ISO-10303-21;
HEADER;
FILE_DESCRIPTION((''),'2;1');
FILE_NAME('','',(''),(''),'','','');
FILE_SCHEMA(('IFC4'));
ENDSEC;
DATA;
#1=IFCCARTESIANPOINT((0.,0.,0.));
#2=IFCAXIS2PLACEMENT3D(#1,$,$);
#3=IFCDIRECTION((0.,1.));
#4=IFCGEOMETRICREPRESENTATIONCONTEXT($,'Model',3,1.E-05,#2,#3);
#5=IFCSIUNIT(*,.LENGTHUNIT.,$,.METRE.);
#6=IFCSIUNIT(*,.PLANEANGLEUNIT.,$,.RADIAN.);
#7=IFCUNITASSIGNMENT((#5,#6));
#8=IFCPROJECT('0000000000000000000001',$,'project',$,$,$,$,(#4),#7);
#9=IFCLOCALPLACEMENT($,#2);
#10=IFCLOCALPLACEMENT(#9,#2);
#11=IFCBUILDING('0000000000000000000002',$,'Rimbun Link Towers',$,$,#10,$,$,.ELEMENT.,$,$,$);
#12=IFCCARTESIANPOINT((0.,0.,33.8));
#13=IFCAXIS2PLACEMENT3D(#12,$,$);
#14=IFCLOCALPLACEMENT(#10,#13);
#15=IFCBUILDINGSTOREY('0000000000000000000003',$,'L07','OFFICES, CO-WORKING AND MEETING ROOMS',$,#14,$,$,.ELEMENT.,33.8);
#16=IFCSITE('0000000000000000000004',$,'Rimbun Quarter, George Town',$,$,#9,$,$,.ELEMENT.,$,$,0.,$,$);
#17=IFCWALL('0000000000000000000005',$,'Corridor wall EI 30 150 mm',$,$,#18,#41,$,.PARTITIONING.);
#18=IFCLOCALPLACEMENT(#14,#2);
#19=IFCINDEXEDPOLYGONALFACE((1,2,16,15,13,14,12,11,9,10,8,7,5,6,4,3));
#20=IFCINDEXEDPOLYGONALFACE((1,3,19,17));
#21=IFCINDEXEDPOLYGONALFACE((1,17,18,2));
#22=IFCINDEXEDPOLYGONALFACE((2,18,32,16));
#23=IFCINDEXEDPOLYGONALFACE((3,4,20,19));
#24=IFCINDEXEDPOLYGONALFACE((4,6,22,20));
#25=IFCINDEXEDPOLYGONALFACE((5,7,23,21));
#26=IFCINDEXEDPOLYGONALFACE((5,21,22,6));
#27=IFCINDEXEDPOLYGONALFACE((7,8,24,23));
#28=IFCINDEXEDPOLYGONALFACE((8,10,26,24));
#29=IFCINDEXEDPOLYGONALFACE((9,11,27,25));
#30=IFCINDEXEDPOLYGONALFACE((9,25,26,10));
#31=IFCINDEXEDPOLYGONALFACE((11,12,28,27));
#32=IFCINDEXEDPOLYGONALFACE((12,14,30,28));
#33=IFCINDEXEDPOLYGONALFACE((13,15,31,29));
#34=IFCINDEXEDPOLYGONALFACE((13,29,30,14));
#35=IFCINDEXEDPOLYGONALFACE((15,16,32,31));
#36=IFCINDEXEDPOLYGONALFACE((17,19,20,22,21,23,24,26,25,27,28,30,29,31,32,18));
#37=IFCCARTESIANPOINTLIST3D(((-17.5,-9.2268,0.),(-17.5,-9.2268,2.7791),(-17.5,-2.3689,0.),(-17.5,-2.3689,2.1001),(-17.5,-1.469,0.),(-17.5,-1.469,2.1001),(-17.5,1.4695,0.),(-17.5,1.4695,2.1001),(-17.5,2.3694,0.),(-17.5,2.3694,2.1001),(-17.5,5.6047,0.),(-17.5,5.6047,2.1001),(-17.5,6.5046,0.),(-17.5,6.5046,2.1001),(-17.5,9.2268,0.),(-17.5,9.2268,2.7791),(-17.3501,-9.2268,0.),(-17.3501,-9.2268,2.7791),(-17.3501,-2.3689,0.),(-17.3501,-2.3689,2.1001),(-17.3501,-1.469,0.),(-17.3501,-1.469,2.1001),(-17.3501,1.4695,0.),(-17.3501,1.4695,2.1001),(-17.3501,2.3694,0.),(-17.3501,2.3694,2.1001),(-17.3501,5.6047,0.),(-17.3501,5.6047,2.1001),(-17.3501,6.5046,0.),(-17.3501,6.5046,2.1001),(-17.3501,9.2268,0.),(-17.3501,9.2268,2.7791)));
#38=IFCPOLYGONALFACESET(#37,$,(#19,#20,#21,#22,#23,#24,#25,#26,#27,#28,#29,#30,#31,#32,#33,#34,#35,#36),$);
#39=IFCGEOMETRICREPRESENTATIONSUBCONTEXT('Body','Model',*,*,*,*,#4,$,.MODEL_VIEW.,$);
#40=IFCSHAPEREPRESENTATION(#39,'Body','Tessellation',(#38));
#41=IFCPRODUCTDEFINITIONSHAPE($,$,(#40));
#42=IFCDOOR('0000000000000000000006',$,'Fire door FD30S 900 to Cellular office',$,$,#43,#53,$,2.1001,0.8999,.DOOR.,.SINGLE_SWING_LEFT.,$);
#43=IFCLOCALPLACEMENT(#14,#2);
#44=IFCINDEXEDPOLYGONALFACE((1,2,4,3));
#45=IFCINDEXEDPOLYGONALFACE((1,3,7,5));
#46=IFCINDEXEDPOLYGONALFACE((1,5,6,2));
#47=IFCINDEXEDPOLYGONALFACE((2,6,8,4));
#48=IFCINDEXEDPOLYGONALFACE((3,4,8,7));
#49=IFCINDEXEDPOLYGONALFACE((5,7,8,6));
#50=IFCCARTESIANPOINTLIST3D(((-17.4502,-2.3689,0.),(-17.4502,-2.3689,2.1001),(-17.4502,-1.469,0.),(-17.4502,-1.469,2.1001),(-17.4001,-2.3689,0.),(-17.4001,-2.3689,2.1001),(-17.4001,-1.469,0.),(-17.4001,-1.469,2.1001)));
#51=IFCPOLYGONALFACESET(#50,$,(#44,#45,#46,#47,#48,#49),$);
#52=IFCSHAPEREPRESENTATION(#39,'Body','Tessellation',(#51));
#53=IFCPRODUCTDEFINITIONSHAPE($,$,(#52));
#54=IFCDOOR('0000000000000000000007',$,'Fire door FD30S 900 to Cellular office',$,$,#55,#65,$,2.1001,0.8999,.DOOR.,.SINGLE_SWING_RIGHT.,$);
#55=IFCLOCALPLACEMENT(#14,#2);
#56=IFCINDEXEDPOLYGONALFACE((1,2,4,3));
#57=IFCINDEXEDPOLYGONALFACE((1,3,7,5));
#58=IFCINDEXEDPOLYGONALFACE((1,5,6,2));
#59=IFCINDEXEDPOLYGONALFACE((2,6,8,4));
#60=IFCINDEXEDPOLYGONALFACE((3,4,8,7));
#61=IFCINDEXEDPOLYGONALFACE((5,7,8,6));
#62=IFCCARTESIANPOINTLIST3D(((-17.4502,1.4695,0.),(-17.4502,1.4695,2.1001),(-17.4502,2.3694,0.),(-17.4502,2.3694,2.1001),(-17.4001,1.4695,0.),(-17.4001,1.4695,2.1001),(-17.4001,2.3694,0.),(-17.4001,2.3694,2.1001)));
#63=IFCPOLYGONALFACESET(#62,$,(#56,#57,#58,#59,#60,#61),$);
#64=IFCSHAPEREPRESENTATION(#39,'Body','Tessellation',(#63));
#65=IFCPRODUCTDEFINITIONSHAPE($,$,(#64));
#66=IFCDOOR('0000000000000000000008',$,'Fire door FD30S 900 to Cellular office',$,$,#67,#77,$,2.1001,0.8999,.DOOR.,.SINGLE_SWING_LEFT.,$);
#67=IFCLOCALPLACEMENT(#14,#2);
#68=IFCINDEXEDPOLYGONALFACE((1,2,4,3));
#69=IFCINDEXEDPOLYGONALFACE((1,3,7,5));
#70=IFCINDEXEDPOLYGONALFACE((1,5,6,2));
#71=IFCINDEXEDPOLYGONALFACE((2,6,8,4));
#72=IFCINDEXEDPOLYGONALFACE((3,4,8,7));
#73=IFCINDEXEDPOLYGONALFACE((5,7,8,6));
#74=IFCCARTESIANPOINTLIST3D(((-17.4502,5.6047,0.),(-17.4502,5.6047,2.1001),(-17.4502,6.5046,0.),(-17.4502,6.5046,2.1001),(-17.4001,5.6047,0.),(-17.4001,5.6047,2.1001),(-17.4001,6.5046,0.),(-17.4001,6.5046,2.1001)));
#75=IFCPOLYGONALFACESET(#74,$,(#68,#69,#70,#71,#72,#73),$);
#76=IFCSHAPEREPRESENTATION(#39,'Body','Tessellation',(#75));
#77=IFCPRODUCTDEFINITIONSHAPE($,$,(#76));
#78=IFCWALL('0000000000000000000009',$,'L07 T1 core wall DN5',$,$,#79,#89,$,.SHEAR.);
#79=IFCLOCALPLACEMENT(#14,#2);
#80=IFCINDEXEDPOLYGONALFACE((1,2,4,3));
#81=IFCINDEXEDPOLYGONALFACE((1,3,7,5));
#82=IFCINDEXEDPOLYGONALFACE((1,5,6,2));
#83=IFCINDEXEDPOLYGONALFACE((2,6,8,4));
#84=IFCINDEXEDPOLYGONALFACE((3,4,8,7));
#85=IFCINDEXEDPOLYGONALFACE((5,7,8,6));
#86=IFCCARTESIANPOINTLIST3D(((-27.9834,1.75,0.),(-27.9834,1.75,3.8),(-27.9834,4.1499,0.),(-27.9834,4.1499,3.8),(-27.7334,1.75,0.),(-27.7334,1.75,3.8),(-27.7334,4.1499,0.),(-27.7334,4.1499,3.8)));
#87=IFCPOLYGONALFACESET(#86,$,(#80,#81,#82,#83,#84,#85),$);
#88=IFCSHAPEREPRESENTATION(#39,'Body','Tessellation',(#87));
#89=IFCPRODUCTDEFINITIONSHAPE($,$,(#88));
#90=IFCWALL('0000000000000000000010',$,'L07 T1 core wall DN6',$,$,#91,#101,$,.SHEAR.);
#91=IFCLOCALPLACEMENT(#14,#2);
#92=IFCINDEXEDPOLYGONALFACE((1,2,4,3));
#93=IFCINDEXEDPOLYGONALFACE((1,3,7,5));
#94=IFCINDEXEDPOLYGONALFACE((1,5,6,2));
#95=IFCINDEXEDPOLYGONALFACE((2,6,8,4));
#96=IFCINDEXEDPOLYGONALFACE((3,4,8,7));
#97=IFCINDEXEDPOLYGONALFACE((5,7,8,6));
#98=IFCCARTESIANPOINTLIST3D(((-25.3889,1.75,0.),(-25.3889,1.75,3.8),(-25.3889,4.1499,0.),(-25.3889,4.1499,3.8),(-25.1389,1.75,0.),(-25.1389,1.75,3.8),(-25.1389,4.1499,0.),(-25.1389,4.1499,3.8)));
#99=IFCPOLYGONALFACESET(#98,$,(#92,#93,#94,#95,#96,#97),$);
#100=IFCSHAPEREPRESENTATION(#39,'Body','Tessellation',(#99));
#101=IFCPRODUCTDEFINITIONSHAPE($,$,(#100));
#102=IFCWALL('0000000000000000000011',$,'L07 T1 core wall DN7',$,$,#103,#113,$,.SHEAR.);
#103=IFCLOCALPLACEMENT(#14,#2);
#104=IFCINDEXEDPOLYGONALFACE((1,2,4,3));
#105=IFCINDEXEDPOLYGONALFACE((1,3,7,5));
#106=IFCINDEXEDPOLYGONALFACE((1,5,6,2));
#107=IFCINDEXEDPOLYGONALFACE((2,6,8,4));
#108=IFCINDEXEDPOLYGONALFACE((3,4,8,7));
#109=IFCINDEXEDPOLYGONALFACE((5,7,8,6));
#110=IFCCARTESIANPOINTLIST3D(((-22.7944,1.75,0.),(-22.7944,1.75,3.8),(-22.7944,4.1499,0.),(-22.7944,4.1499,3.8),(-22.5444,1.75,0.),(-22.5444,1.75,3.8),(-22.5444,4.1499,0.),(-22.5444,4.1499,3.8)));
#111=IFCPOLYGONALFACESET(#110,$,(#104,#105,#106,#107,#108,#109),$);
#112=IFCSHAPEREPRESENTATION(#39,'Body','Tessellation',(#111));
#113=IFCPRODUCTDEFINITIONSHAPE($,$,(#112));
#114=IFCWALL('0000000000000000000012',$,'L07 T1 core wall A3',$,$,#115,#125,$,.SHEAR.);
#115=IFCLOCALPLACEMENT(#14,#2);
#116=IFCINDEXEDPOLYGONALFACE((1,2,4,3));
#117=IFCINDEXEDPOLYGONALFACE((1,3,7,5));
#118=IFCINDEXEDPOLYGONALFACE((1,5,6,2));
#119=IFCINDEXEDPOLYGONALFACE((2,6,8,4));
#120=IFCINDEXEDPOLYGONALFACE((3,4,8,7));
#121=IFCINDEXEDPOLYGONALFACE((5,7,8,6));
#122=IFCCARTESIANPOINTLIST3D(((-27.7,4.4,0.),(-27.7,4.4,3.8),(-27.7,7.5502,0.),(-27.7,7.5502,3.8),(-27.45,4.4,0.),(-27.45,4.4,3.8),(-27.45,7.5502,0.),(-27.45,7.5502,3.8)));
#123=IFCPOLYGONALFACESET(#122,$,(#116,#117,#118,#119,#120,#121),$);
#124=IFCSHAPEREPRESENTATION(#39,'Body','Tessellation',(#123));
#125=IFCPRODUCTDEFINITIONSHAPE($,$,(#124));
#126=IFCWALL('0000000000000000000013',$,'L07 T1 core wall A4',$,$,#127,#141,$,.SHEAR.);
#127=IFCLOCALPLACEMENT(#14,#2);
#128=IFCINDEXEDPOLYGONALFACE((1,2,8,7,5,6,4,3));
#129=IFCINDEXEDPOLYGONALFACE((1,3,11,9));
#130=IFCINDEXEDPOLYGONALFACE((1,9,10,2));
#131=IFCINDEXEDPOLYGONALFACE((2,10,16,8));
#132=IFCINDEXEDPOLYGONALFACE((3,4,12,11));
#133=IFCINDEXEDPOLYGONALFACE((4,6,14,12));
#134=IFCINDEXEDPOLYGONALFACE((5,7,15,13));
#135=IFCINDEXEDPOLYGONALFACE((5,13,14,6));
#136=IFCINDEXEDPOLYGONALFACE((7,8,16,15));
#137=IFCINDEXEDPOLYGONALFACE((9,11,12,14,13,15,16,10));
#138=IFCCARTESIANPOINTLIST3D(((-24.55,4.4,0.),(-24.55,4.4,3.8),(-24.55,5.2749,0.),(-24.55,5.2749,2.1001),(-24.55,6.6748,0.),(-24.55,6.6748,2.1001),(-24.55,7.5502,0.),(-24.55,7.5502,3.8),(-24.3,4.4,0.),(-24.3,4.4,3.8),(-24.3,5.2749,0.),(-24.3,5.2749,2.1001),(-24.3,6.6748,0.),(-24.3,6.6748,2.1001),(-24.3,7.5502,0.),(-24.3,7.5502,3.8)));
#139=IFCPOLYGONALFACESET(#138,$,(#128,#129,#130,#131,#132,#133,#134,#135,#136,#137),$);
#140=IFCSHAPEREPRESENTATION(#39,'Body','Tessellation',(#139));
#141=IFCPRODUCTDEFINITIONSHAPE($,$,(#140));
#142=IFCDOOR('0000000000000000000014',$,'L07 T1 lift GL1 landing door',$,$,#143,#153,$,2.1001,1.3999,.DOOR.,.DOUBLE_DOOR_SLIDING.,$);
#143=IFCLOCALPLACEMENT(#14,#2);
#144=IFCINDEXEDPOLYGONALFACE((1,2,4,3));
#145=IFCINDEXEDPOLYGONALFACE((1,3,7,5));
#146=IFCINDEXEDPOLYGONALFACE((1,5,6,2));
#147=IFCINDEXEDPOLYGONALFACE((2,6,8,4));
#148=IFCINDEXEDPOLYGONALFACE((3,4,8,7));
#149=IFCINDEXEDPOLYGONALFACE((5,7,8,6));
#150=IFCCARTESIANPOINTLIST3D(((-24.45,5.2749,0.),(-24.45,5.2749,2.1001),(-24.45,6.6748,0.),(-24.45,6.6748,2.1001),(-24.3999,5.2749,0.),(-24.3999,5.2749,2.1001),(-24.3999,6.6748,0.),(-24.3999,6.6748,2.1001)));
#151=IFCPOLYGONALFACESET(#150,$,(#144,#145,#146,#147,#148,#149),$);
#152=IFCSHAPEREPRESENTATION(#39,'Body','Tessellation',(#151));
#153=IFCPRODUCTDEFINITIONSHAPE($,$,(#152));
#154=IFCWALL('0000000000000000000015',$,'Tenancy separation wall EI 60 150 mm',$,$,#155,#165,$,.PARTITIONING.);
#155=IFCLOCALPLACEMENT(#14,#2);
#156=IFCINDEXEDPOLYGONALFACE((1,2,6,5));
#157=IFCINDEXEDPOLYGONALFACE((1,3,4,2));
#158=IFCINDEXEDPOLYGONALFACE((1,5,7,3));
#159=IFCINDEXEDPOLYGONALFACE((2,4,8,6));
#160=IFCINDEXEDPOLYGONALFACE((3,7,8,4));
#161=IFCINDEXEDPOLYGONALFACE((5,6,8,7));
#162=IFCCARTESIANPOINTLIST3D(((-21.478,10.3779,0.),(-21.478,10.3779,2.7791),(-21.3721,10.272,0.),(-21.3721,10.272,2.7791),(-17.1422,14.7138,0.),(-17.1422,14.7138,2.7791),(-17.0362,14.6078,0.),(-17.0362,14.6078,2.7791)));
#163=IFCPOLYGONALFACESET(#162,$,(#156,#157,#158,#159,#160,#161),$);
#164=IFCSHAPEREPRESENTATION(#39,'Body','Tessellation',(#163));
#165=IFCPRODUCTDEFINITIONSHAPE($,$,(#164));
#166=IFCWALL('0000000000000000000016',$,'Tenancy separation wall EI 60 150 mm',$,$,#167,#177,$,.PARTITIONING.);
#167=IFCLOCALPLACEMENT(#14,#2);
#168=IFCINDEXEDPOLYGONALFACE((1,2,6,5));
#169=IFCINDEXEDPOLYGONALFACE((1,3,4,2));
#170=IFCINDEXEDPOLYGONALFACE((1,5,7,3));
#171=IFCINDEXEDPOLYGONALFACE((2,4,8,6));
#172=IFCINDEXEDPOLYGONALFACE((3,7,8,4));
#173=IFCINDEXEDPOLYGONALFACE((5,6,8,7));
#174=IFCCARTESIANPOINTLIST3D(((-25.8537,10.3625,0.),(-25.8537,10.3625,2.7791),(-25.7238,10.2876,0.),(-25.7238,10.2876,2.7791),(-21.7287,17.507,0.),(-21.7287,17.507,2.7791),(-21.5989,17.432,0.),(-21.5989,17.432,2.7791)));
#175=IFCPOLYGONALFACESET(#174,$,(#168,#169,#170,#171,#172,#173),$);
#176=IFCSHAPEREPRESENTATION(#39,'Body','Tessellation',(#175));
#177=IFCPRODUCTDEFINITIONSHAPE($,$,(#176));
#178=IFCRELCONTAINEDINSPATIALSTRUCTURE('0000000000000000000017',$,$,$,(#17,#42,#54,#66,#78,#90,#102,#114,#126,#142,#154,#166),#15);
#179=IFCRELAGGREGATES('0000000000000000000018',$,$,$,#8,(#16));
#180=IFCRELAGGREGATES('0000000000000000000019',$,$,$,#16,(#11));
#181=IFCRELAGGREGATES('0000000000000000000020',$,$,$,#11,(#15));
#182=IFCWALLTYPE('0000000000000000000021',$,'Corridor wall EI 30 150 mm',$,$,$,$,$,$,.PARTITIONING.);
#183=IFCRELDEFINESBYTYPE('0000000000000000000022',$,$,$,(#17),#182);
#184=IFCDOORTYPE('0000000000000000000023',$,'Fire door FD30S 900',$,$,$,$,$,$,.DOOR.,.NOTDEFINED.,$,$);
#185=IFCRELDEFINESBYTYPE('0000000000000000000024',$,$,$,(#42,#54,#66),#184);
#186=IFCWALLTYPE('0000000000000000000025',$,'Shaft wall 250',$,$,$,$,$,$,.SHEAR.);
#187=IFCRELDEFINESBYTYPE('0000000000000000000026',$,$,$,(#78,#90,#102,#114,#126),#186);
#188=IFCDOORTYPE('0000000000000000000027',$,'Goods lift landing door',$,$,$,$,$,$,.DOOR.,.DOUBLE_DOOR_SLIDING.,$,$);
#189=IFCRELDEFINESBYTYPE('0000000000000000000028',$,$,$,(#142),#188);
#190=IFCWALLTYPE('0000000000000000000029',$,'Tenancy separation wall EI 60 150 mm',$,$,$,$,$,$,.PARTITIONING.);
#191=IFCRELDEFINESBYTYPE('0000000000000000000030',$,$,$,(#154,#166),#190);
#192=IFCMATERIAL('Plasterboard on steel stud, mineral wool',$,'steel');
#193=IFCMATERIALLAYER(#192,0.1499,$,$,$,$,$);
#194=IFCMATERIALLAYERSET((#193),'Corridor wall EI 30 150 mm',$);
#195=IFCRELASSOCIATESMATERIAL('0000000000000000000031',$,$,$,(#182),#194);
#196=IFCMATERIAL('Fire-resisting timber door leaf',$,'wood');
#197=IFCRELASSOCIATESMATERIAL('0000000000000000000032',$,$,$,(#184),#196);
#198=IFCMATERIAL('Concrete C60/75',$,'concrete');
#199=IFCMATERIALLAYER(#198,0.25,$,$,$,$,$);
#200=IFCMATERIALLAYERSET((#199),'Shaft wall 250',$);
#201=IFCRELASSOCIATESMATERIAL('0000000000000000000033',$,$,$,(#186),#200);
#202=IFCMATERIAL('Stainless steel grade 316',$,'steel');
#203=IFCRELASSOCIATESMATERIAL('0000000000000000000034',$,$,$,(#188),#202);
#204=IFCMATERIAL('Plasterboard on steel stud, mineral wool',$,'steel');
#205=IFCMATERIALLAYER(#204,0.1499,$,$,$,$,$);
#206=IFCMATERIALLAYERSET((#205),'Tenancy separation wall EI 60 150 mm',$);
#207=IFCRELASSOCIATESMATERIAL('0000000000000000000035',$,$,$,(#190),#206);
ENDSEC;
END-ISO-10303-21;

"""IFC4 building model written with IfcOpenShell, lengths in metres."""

from ifc_helpers import new_model, si_unit, direction, frame, frame_2d, origin, place, context, subcontext, project, spatial, rectangle, extrude, material, layer, layer_set, type_object, element, fill, save


model = new_model("IFC4")

# Units and contexts
model_context = context("Model", 3, precision=1e-05, world=origin(), true_north=direction((0.0, 1.0)))
body_context = subcontext(model_context, "Body", "Model", "MODEL_VIEW")
ifc_project = project(units=[si_unit("LENGTHUNIT", "METRE"), si_unit("PLANEANGLEUNIT", "RADIAN")], contexts=[model_context])

# Site, building, storey
site_placement = place(None, origin())
site = spatial("IfcSite", under=ifc_project, at=site_placement, Name="Rimbun Quarter, George Town", CompositionType="ELEMENT", RefElevation=0.0)
building_placement = place(site_placement, origin())
building = spatial("IfcBuilding", under=site, at=building_placement, Name="Rimbun Link Towers", CompositionType="ELEMENT")
storey_placement = place(building_placement, frame((0.0, 0.0, 33.8)))
storey = spatial("IfcBuildingStorey", under=building, at=storey_placement, Name="L07", Description="OFFICES, CO-WORKING AND MEETING ROOMS", CompositionType="ELEMENT", Elevation=33.8)

# Shared definitions
ifc_material_1 = material(Name="Plasterboard on steel stud, mineral wool", Category="steel")
ifc_layer_1 = layer(ifc_material_1, 0.1499)
ifc_layer_set_1 = layer_set([ifc_layer_1], Name="Corridor wall EI 30 150 mm")
wall_type_1 = type_object("IfcWallType", Name="Corridor wall EI 30 150 mm", PredefinedType="PARTITIONING", material=ifc_layer_set_1)

# Wall, openings, doors
wall_1_placement = place(storey_placement, frame((-17.425, 9.2268, 0.0), z_axis=(0.0, 0.0, 1.0), x_axis=(0.0, -1.0, 0.0)))
wall_1 = element("IfcWall", 1, at=wall_1_placement, inside=storey, type_object=wall_type_1, Name="Corridor wall EI 30 150 mm", PredefinedType="PARTITIONING", context=body_context, shape_type="SweptSolid", body=[
    extrude(rectangle(XDim=18.4536, YDim=0.1499, at=frame_2d((9.2268, 0.0))), origin(), (0.0, 0.0, 1.0), 2.7791),
])
opening_1_placement = place(wall_1_placement, frame((10.6958, 0.0, 0.0)))
opening_1 = element("IfcOpeningElement", 2, at=opening_1_placement, cuts=wall_1, PredefinedType="OPENING", context=body_context, shape_type="SweptSolid", body=[
    extrude(rectangle(XDim=0.8999, YDim=2.1001, at=frame_2d((0.45, 1.05))), frame((0.0, 0.085, 0.0), z_axis=(0.0, -1.0, 0.0), x_axis=(1.0, 0.0, 0.0)), (0.0, 0.0, 1.0), 0.1699),
])
opening_2_placement = place(wall_1_placement, frame((6.8574, 0.0, 0.0)))
opening_2 = element("IfcOpeningElement", 3, at=opening_2_placement, cuts=wall_1, PredefinedType="OPENING", context=body_context, shape_type="SweptSolid", body=[
    extrude(rectangle(XDim=0.8999, YDim=2.1001, at=frame_2d((0.45, 1.05))), frame((0.0, 0.085, 0.0), z_axis=(0.0, -1.0, 0.0), x_axis=(1.0, 0.0, 0.0)), (0.0, 0.0, 1.0), 0.1699),
])
opening_3_placement = place(wall_1_placement, frame((2.7222, 0.0, 0.0)))
opening_3 = element("IfcOpeningElement", 4, at=opening_3_placement, cuts=wall_1, PredefinedType="OPENING", context=body_context, shape_type="SweptSolid", body=[
    extrude(rectangle(XDim=0.8999, YDim=2.1001, at=frame_2d((0.45, 1.05))), frame((0.0, 0.085, 0.0), z_axis=(0.0, -1.0, 0.0), x_axis=(1.0, 0.0, 0.0)), (0.0, 0.0, 1.0), 0.1699),
])
ifc_material_2 = material(Name="Fire-resisting timber door leaf", Category="wood")
door_type_1 = type_object("IfcDoorType", Name="Fire door FD30S 900", OperationType="NOTDEFINED", PredefinedType="DOOR", material=ifc_material_2)
door_1_placement = place(opening_1_placement, origin())
door_1 = element("IfcDoor", 5, at=door_1_placement, inside=storey, type_object=door_type_1, Name="Fire door FD30S 900 to Cellular office", OperationType="SINGLE_SWING_LEFT", OverallHeight=2.1001, OverallWidth=0.8999, PredefinedType="DOOR", context=body_context, shape_type="SweptSolid", body=[
    extrude(rectangle(XDim=0.8999, YDim=2.1001, at=frame_2d((0.45, 1.05))), frame((0.0, 0.0249, 0.0), z_axis=(0.0, -1.0, 0.0), x_axis=(1.0, 0.0, 0.0)), (0.0, 0.0, 1.0), 0.05),
])
fill(opening_1, door_1)
door_2_placement = place(opening_2_placement, origin())
door_2 = element("IfcDoor", 6, at=door_2_placement, inside=storey, type_object=door_type_1, Name="Fire door FD30S 900 to Cellular office", OperationType="SINGLE_SWING_RIGHT", OverallHeight=2.1001, OverallWidth=0.8999, PredefinedType="DOOR", context=body_context, shape_type="SweptSolid", body=[
    extrude(rectangle(XDim=0.8999, YDim=2.1001, at=frame_2d((0.45, 1.05))), frame((0.0, 0.0249, 0.0), z_axis=(0.0, -1.0, 0.0), x_axis=(1.0, 0.0, 0.0)), (0.0, 0.0, 1.0), 0.05),
])
fill(opening_2, door_2)
door_3_placement = place(opening_3_placement, origin())
door_3 = element("IfcDoor", 7, at=door_3_placement, inside=storey, type_object=door_type_1, Name="Fire door FD30S 900 to Cellular office", OperationType="SINGLE_SWING_LEFT", OverallHeight=2.1001, OverallWidth=0.8999, PredefinedType="DOOR", context=body_context, shape_type="SweptSolid", body=[
    extrude(rectangle(XDim=0.8999, YDim=2.1001, at=frame_2d((0.45, 1.05))), frame((0.0, 0.0249, 0.0), z_axis=(0.0, -1.0, 0.0), x_axis=(1.0, 0.0, 0.0)), (0.0, 0.0, 1.0), 0.05),
])
fill(opening_3, door_3)

# Walls
ifc_material_3 = material(Name="Concrete C60/75", Category="concrete")
ifc_layer_2 = layer(ifc_material_3, 0.25)
ifc_layer_set_2 = layer_set([ifc_layer_2], Name="Shaft wall 250")
wall_type_2 = type_object("IfcWallType", Name="Shaft wall 250", PredefinedType="SHEAR", material=ifc_layer_set_2)
for number, where, z_axis, x_axis, name in (
    (8, (-27.8584, 1.75, 0.0), (0.0, 0.0, 1.0), (0.0, 1.0, 0.0), "L07 T1 core wall DN5"),
    (9, (-25.2639, 1.75, 0.0), (0.0, 0.0, 1.0), (0.0, 1.0, 0.0), "L07 T1 core wall DN6"),
    (10, (-22.6694, 1.75, 0.0), (0.0, 0.0, 1.0), (0.0, 1.0, 0.0), "L07 T1 core wall DN7"),
):
    element("IfcWall", number, at=place(storey_placement, frame(where, z_axis=z_axis, x_axis=x_axis)), inside=storey, type_object=wall_type_2, Name=name, PredefinedType="SHEAR", context=body_context, shape_type="SweptSolid", body=[
        extrude(rectangle(XDim=2.3999, YDim=0.25, at=frame_2d((1.2, 0.0))), origin(), (0.0, 0.0, 1.0), 3.8),
    ])
wall_2_placement = place(storey_placement, frame((-27.575, 4.3999, 0.0), z_axis=(0.0, 0.0, 1.0), x_axis=(0.0, 1.0, 0.0)))
element("IfcWall", 11, at=wall_2_placement, inside=storey, type_object=wall_type_2, Name="L07 T1 core wall A3", PredefinedType="SHEAR", context=body_context, shape_type="SweptSolid", body=[
    extrude(rectangle(XDim=3.1501, YDim=0.25, at=frame_2d((1.5752, 0.0))), origin(), (0.0, 0.0, 1.0), 3.8),
])

# Wall, opening, door
wall_3_placement = place(storey_placement, frame((-24.425, 4.3999, 0.0), z_axis=(0.0, 0.0, 1.0), x_axis=(0.0, 1.0, 0.0)))
wall_3 = element("IfcWall", 12, at=wall_3_placement, inside=storey, type_object=wall_type_2, Name="L07 T1 core wall A4", PredefinedType="SHEAR", context=body_context, shape_type="SweptSolid", body=[
    extrude(rectangle(XDim=3.1501, YDim=0.25, at=frame_2d((1.5752, 0.0))), origin(), (0.0, 0.0, 1.0), 3.8),
])
opening_4_placement = place(wall_3_placement, frame((0.875, 0.0, 0.0)))
opening_4 = element("IfcOpeningElement", 13, at=opening_4_placement, cuts=wall_3, PredefinedType="OPENING", context=body_context, shape_type="SweptSolid", body=[
    extrude(rectangle(XDim=1.3999, YDim=2.1001, at=frame_2d((0.7, 1.05))), frame((0.0, 0.135, 0.0), z_axis=(0.0, -1.0, 0.0), x_axis=(1.0, 0.0, 0.0)), (0.0, 0.0, 1.0), 0.27),
])
ifc_material_4 = material(Name="Stainless steel grade 316", Category="steel")
door_type_2 = type_object("IfcDoorType", Name="Goods lift landing door", OperationType="DOUBLE_DOOR_SLIDING", PredefinedType="DOOR", material=ifc_material_4)
door_4_placement = place(opening_4_placement, origin())
door_4 = element("IfcDoor", 14, at=door_4_placement, inside=storey, type_object=door_type_2, Name="L07 T1 lift GL1 landing door", OperationType="DOUBLE_DOOR_SLIDING", OverallHeight=2.1001, OverallWidth=1.3999, PredefinedType="DOOR", context=body_context, shape_type="SweptSolid", body=[
    extrude(rectangle(XDim=1.3999, YDim=2.1001, at=frame_2d((0.7, 1.05))), frame((0.0, 0.0249, 0.0), z_axis=(0.0, -1.0, 0.0), x_axis=(1.0, 0.0, 0.0)), (0.0, 0.0, 1.0), 0.05),
])
fill(opening_4, door_4)

# Walls
ifc_material_5 = material(Name="Plasterboard on steel stud, mineral wool", Category="steel")
ifc_layer_3 = layer(ifc_material_5, 0.1499)
ifc_layer_set_3 = layer_set([ifc_layer_3], Name="Tenancy separation wall EI 60 150 mm")
wall_type_3 = type_object("IfcWallType", Name="Tenancy separation wall EI 60 150 mm", PredefinedType="PARTITIONING", material=ifc_layer_set_3)
wall_4_placement = place(storey_placement, frame((-21.425, 10.325, 0.0), z_axis=(0.0, 0.0, 1.0), x_axis=(0.707107, 0.707107, 0.0)))
element("IfcWall", 15, at=wall_4_placement, inside=storey, type_object=wall_type_3, Name="Tenancy separation wall EI 60 150 mm", PredefinedType="PARTITIONING", context=body_context, shape_type="SweptSolid", body=[
    extrude(rectangle(XDim=6.1318, YDim=0.1499, at=frame_2d((3.0659, 0.0))), origin(), (0.0, 0.0, 1.0), 2.7791),
])
wall_5_placement = place(storey_placement, frame((-25.7888, 10.325, 0.0), z_axis=(0.0, 0.0, 1.0), x_axis=(0.500009, 0.86602, 0.0)))
element("IfcWall", 16, at=wall_5_placement, inside=storey, type_object=wall_type_3, Name="Tenancy separation wall EI 60 150 mm", PredefinedType="PARTITIONING", context=body_context, shape_type="SweptSolid", body=[
    extrude(rectangle(XDim=8.2498, YDim=0.1499, at=frame_2d((4.125, 0.0))), origin(), (0.0, 0.0, 1.0), 2.7791),
])

save(model, "model.ifc")
